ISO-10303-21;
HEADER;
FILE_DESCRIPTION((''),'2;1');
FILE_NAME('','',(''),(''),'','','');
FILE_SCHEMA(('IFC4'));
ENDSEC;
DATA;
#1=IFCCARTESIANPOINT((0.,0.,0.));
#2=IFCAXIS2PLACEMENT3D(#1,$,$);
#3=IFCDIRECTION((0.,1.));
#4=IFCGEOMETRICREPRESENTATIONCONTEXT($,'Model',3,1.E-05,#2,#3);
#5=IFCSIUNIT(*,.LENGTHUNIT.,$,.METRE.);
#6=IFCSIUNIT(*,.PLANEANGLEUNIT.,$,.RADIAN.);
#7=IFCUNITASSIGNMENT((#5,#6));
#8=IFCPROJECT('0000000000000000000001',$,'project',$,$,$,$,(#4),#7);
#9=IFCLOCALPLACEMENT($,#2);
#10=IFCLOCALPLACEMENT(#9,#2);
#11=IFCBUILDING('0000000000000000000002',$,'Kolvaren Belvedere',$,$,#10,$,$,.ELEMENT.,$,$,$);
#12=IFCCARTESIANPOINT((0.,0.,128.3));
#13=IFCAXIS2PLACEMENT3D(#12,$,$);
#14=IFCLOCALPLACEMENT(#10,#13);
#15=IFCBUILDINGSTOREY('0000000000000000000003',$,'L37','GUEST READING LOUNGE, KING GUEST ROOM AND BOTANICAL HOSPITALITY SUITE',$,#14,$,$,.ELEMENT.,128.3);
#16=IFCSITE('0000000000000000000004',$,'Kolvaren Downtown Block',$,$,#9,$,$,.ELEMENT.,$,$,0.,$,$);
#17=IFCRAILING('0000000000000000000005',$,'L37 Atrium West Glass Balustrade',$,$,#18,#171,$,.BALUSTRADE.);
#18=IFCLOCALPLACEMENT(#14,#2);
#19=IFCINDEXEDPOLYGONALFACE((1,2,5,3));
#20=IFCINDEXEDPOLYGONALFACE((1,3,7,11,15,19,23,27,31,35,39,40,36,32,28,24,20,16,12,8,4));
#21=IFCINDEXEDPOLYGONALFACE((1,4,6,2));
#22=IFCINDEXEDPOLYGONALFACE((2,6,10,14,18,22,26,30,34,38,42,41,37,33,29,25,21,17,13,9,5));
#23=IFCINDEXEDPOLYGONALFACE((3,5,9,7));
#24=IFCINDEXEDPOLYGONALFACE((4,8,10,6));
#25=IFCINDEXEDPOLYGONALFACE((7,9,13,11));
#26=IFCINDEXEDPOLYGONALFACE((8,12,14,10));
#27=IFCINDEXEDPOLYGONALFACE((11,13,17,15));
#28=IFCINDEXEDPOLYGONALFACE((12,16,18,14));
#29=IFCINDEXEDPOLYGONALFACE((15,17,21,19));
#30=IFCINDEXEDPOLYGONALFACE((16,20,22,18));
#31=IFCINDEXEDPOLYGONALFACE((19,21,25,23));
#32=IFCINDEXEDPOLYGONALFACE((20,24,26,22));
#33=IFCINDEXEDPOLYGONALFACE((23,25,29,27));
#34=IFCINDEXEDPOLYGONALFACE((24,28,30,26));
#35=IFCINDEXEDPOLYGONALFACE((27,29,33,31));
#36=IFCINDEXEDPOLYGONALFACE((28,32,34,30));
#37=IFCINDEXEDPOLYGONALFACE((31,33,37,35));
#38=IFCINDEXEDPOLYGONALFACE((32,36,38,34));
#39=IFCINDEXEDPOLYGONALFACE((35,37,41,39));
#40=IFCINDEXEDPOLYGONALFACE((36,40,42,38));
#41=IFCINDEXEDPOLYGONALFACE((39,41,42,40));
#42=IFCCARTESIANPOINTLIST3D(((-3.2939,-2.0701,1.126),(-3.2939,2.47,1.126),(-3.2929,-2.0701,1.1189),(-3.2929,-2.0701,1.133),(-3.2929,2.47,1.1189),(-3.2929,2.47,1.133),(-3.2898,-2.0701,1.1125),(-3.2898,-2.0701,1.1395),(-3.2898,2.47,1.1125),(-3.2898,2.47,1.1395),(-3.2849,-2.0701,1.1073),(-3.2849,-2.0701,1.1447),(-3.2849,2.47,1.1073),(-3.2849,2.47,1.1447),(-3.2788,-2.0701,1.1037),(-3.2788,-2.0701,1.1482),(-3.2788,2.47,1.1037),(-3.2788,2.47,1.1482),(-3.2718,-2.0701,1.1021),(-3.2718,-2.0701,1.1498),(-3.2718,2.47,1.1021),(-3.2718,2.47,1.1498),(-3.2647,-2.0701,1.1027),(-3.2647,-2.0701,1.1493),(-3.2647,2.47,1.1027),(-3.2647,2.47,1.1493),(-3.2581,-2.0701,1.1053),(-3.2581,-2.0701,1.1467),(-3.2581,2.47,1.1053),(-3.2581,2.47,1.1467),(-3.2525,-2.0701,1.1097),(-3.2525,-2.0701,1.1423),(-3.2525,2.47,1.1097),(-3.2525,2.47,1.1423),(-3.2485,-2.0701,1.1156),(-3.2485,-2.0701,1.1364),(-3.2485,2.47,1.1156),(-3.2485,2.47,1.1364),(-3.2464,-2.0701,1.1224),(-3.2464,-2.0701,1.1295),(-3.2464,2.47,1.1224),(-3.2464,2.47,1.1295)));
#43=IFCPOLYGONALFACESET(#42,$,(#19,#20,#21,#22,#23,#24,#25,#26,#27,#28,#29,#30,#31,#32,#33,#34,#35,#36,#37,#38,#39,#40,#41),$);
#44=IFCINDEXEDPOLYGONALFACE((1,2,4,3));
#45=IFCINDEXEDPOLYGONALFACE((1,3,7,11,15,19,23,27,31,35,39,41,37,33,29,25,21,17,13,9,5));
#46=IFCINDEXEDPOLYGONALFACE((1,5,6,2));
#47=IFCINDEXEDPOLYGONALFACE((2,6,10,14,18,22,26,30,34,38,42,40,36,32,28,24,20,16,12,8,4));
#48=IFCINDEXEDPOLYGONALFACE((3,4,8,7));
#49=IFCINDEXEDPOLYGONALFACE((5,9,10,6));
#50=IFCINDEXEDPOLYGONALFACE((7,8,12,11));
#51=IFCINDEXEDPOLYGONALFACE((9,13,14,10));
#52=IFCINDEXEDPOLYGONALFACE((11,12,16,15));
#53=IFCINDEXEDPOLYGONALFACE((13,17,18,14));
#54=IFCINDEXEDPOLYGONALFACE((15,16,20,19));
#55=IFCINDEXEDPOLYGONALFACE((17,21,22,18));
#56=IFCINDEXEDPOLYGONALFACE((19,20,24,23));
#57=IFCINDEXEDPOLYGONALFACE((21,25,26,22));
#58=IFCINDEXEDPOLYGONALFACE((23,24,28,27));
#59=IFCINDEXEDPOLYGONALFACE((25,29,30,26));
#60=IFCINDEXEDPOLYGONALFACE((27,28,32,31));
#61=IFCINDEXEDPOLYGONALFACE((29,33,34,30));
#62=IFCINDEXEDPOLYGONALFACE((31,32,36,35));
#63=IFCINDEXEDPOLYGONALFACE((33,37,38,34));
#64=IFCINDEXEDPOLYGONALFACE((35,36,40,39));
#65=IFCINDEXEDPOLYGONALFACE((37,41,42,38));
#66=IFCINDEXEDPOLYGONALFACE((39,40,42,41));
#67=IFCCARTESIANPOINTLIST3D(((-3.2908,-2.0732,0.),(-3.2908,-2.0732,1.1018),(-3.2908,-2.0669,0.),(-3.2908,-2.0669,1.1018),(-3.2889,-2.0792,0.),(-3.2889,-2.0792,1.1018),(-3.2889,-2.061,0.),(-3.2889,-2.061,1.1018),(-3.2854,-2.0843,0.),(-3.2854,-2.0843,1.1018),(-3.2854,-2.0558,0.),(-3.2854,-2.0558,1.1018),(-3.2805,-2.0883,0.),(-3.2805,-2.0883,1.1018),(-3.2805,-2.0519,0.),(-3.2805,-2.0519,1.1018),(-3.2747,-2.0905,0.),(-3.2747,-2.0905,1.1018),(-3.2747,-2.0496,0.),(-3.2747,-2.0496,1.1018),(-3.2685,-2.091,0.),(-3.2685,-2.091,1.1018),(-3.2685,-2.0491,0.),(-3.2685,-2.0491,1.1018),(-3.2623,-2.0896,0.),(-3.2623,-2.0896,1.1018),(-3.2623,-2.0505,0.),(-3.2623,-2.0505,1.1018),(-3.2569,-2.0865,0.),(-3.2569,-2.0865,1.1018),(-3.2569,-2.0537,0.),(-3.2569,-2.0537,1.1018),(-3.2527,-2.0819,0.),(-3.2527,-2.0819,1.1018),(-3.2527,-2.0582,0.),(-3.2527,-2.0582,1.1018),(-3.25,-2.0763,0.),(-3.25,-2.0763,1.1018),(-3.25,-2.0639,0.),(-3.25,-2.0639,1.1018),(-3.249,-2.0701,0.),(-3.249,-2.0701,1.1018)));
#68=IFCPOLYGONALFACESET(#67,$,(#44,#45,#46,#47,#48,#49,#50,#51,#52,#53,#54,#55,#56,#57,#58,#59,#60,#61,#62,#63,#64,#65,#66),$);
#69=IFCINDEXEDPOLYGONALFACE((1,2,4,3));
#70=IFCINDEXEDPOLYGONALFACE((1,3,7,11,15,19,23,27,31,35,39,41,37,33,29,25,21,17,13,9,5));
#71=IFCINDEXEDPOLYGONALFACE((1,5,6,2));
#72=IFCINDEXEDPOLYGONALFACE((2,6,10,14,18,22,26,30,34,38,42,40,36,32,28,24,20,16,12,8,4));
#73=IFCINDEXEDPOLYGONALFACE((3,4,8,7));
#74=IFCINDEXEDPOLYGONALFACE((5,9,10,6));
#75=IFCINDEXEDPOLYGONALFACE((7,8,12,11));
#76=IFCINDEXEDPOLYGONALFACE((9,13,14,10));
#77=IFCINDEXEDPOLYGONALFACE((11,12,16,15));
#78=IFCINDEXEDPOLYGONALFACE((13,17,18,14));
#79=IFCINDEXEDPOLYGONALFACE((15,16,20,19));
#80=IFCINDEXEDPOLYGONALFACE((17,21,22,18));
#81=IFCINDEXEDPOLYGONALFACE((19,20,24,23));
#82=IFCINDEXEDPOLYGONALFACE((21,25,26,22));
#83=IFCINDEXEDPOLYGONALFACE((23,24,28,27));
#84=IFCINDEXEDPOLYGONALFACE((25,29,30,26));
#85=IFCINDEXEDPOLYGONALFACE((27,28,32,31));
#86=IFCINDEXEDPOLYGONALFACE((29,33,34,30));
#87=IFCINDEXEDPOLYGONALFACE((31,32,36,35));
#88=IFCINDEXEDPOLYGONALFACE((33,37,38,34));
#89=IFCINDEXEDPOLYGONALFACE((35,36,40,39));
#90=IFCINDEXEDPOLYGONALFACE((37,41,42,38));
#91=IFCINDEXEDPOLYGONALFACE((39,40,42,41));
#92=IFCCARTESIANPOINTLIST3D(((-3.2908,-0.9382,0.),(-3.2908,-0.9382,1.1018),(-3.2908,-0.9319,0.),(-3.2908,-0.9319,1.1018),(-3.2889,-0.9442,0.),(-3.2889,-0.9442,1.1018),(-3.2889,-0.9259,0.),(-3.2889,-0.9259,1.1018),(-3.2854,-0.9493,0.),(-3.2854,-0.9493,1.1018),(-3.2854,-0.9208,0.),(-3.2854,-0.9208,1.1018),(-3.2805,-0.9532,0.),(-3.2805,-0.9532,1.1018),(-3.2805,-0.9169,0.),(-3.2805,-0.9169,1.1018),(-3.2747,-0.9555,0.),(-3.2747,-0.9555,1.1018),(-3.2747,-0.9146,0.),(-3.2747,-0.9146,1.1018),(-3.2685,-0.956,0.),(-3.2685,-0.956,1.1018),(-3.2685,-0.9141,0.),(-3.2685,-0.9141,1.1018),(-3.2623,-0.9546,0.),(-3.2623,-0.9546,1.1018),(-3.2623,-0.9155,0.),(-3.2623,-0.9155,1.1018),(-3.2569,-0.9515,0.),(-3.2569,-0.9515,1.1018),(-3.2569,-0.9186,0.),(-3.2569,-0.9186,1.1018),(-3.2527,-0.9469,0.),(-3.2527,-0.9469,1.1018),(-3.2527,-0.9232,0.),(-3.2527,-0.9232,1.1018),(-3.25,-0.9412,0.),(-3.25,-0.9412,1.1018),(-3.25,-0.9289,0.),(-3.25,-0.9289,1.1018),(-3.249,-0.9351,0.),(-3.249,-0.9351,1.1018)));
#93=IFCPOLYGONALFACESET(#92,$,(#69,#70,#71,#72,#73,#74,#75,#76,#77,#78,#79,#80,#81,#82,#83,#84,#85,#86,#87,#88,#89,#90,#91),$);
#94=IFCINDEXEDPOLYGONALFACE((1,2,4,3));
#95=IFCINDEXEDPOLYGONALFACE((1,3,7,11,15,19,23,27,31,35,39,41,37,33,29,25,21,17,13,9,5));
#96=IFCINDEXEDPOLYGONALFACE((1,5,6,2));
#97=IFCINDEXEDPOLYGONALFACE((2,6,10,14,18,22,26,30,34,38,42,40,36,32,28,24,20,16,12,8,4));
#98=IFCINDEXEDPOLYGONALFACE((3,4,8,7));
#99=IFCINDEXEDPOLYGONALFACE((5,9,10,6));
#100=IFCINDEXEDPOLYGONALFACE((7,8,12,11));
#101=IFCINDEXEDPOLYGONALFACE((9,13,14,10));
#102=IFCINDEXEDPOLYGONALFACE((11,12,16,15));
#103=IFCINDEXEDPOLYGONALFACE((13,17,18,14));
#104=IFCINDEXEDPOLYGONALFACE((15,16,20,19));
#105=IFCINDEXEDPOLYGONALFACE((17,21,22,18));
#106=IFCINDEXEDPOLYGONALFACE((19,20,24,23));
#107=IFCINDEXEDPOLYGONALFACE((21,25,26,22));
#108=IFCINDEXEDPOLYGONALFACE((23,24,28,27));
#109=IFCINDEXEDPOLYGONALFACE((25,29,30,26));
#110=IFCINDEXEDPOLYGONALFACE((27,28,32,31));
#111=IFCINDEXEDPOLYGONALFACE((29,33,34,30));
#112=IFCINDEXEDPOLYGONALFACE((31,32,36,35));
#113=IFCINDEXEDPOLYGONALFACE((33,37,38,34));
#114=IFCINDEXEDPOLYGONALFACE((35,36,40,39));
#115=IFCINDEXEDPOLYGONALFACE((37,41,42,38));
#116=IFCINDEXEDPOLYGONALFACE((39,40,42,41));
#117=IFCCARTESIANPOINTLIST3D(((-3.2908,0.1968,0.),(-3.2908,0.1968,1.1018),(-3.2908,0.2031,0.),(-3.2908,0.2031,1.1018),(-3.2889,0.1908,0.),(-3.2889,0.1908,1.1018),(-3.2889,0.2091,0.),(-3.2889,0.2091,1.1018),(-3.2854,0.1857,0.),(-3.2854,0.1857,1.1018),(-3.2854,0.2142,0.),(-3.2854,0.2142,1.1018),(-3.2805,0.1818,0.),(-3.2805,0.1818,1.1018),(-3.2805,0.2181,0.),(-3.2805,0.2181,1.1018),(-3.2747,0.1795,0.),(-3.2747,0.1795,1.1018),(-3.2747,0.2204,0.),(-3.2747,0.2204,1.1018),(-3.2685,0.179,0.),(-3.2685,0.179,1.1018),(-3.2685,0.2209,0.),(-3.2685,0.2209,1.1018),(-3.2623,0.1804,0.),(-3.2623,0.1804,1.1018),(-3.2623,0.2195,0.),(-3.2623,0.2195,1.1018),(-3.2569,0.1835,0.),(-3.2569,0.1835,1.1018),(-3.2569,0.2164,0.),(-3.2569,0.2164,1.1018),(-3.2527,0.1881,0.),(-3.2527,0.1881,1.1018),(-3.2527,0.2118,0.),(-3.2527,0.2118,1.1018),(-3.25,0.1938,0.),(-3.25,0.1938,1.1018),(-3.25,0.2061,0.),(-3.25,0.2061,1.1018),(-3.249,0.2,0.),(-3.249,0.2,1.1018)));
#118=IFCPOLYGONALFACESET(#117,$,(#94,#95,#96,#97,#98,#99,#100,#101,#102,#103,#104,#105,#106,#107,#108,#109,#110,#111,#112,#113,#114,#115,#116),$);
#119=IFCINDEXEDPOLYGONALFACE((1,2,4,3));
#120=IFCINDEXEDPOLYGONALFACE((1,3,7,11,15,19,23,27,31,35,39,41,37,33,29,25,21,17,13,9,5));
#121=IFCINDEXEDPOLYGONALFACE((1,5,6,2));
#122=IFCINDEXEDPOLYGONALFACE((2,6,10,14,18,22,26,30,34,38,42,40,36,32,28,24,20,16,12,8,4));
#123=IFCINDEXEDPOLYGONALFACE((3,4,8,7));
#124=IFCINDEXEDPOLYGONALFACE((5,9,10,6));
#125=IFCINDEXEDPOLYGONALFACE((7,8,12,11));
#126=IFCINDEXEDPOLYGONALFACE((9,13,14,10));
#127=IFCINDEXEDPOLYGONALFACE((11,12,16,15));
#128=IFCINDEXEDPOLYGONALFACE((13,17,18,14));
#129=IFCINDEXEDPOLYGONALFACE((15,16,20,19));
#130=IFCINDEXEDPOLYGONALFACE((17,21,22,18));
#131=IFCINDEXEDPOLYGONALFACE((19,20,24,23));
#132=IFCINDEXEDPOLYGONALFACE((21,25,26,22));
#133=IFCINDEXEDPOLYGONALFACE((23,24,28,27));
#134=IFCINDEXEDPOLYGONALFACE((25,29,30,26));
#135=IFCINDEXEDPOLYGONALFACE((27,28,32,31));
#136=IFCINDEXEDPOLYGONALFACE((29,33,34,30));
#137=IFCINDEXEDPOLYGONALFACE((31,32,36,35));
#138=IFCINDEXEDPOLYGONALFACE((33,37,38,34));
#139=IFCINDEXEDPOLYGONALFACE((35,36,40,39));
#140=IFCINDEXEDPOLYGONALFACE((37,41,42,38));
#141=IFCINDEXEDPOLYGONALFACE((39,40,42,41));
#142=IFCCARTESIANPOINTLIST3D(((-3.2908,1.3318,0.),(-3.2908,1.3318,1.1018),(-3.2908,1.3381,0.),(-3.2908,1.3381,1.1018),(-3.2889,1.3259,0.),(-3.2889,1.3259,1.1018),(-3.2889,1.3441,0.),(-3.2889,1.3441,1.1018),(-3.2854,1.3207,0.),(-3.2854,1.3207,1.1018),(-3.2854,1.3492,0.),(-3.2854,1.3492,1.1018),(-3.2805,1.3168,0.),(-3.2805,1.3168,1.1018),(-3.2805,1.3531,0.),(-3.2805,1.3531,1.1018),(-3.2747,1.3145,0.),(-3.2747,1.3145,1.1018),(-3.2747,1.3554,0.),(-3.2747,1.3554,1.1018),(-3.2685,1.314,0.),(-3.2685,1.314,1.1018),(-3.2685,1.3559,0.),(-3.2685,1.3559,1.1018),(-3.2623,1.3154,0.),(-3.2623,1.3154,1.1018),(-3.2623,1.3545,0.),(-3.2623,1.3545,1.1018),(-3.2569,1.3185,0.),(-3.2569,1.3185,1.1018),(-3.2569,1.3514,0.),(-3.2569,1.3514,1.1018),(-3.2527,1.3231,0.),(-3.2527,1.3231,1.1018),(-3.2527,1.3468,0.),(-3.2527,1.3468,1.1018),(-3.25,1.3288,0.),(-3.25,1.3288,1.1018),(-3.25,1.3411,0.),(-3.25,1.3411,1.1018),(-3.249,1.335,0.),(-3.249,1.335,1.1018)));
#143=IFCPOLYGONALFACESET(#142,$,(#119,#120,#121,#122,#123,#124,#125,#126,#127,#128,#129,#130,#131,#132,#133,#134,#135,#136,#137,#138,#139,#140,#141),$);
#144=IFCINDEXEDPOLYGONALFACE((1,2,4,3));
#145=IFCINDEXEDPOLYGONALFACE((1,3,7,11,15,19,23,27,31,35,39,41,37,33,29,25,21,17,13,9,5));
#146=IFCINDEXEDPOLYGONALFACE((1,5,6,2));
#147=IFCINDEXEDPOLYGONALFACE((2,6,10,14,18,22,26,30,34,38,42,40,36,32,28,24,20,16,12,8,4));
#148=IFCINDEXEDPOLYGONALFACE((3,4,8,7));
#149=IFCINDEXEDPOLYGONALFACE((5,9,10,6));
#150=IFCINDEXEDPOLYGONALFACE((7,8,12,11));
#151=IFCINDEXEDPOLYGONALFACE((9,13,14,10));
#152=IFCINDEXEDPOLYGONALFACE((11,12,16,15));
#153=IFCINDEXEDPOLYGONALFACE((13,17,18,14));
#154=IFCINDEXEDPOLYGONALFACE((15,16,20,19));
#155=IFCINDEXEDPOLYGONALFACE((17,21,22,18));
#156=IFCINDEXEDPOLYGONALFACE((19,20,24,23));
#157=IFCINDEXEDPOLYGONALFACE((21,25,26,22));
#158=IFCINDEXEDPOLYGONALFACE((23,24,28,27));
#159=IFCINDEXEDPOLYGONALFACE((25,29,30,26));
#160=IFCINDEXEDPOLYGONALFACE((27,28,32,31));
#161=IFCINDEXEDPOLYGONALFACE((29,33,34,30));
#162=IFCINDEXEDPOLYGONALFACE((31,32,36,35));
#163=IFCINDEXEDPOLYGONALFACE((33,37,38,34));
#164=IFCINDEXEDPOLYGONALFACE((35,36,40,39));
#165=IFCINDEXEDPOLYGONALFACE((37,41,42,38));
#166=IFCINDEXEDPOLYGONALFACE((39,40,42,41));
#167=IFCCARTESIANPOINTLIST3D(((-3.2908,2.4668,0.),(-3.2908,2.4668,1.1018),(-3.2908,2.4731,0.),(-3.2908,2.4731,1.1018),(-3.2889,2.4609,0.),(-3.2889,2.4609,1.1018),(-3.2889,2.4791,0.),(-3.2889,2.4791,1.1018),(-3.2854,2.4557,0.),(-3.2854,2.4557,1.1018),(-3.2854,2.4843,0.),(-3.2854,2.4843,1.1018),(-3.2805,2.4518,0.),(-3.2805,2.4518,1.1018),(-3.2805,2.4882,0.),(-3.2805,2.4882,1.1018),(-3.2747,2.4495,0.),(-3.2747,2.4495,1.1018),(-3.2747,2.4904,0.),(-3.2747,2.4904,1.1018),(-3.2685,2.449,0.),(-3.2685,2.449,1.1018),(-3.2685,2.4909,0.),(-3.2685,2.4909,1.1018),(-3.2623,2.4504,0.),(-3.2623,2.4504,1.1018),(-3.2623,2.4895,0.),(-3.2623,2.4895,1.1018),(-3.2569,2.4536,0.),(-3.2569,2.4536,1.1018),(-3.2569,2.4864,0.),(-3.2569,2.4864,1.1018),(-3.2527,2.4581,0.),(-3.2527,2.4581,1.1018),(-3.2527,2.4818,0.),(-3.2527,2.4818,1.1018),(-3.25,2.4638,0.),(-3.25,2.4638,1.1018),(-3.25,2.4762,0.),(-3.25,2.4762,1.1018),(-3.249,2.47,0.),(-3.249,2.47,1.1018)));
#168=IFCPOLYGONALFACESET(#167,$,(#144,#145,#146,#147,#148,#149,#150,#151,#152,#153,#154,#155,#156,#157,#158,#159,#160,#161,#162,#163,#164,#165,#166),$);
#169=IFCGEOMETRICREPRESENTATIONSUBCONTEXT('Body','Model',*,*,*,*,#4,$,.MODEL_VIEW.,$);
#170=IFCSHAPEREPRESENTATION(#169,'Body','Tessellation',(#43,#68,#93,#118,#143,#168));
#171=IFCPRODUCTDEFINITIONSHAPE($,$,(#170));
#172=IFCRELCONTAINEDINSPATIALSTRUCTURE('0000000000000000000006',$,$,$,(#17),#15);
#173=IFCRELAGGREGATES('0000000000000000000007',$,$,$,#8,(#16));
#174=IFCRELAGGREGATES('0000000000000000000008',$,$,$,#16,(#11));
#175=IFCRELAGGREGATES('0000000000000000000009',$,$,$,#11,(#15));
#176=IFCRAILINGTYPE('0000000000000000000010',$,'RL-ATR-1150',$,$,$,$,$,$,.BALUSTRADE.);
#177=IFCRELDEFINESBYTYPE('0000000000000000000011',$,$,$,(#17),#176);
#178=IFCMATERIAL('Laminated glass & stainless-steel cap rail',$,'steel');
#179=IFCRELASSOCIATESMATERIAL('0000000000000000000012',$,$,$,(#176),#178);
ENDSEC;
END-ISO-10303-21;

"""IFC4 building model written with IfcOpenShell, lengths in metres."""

from ifc_helpers import new_model, si_unit, direction, frame, origin, origin_2d, place, context, subcontext, project, spatial, circle, extrude, material, type_object, element, save


model = new_model("IFC4")

# Units and contexts
model_context = context("Model", 3, precision=1e-05, world=origin(), true_north=direction((0.0, 1.0)))
body_context = subcontext(model_context, "Body", "Model", "MODEL_VIEW")
ifc_project = project(units=[si_unit("LENGTHUNIT", "METRE"), si_unit("PLANEANGLEUNIT", "RADIAN")], contexts=[model_context])

# Site, building, storey
site_placement = place(None, origin())
site = spatial("IfcSite", under=ifc_project, at=site_placement, Name="Kolvaren Downtown Block", CompositionType="ELEMENT", RefElevation=0.0)
building_placement = place(site_placement, origin())
building = spatial("IfcBuilding", under=site, at=building_placement, Name="Kolvaren Belvedere", CompositionType="ELEMENT")
storey_placement = place(building_placement, frame((0.0, 0.0, 128.3)))
storey = spatial("IfcBuildingStorey", under=building, at=storey_placement, Name="L37", Description="GUEST READING LOUNGE, KING GUEST ROOM AND BOTANICAL HOSPITALITY SUITE", CompositionType="ELEMENT", Elevation=128.3)

# Railing
ifc_material_1 = material(Name="Laminated glass & stainless-steel cap rail", Category="steel")
railing_type_1 = type_object("IfcRailingType", Name="RL-ATR-1150", PredefinedType="BALUSTRADE", material=ifc_material_1)
railing_1_placement = place(storey_placement, frame((-3.27, -2.0701, 0.0)))
element("IfcRailing", 1, at=railing_1_placement, inside=storey, type_object=railing_type_1, Name="L37 Atrium West Glass Balustrade", PredefinedType="BALUSTRADE", context=body_context, shape_type="SweptSolid", body=[
    extrude(circle(Radius=0.0239, at=origin_2d()), frame((0.0, 0.0, 1.126), z_axis=(0.0, 1.0, 0.0), x_axis=(-1.0, 0.0, 0.0)), (0.0, 0.0, 1.0), 4.54),
    extrude(circle(Radius=0.021, at=origin_2d()), origin(), (0.0, 0.0, 1.0), 1.1018),
    extrude(circle(Radius=0.021, at=origin_2d()), frame((0.0, 1.135, 0.0)), (0.0, 0.0, 1.0), 1.1018),
    extrude(circle(Radius=0.021, at=origin_2d()), frame((0.0, 2.27, 0.0)), (0.0, 0.0, 1.0), 1.1018),
    extrude(circle(Radius=0.021, at=origin_2d()), frame((0.0, 3.405, 0.0)), (0.0, 0.0, 1.0), 1.1018),
    extrude(circle(Radius=0.021, at=origin_2d()), frame((0.0, 4.54, 0.0)), (0.0, 0.0, 1.0), 1.1018),
])

save(model, "model.ifc")
